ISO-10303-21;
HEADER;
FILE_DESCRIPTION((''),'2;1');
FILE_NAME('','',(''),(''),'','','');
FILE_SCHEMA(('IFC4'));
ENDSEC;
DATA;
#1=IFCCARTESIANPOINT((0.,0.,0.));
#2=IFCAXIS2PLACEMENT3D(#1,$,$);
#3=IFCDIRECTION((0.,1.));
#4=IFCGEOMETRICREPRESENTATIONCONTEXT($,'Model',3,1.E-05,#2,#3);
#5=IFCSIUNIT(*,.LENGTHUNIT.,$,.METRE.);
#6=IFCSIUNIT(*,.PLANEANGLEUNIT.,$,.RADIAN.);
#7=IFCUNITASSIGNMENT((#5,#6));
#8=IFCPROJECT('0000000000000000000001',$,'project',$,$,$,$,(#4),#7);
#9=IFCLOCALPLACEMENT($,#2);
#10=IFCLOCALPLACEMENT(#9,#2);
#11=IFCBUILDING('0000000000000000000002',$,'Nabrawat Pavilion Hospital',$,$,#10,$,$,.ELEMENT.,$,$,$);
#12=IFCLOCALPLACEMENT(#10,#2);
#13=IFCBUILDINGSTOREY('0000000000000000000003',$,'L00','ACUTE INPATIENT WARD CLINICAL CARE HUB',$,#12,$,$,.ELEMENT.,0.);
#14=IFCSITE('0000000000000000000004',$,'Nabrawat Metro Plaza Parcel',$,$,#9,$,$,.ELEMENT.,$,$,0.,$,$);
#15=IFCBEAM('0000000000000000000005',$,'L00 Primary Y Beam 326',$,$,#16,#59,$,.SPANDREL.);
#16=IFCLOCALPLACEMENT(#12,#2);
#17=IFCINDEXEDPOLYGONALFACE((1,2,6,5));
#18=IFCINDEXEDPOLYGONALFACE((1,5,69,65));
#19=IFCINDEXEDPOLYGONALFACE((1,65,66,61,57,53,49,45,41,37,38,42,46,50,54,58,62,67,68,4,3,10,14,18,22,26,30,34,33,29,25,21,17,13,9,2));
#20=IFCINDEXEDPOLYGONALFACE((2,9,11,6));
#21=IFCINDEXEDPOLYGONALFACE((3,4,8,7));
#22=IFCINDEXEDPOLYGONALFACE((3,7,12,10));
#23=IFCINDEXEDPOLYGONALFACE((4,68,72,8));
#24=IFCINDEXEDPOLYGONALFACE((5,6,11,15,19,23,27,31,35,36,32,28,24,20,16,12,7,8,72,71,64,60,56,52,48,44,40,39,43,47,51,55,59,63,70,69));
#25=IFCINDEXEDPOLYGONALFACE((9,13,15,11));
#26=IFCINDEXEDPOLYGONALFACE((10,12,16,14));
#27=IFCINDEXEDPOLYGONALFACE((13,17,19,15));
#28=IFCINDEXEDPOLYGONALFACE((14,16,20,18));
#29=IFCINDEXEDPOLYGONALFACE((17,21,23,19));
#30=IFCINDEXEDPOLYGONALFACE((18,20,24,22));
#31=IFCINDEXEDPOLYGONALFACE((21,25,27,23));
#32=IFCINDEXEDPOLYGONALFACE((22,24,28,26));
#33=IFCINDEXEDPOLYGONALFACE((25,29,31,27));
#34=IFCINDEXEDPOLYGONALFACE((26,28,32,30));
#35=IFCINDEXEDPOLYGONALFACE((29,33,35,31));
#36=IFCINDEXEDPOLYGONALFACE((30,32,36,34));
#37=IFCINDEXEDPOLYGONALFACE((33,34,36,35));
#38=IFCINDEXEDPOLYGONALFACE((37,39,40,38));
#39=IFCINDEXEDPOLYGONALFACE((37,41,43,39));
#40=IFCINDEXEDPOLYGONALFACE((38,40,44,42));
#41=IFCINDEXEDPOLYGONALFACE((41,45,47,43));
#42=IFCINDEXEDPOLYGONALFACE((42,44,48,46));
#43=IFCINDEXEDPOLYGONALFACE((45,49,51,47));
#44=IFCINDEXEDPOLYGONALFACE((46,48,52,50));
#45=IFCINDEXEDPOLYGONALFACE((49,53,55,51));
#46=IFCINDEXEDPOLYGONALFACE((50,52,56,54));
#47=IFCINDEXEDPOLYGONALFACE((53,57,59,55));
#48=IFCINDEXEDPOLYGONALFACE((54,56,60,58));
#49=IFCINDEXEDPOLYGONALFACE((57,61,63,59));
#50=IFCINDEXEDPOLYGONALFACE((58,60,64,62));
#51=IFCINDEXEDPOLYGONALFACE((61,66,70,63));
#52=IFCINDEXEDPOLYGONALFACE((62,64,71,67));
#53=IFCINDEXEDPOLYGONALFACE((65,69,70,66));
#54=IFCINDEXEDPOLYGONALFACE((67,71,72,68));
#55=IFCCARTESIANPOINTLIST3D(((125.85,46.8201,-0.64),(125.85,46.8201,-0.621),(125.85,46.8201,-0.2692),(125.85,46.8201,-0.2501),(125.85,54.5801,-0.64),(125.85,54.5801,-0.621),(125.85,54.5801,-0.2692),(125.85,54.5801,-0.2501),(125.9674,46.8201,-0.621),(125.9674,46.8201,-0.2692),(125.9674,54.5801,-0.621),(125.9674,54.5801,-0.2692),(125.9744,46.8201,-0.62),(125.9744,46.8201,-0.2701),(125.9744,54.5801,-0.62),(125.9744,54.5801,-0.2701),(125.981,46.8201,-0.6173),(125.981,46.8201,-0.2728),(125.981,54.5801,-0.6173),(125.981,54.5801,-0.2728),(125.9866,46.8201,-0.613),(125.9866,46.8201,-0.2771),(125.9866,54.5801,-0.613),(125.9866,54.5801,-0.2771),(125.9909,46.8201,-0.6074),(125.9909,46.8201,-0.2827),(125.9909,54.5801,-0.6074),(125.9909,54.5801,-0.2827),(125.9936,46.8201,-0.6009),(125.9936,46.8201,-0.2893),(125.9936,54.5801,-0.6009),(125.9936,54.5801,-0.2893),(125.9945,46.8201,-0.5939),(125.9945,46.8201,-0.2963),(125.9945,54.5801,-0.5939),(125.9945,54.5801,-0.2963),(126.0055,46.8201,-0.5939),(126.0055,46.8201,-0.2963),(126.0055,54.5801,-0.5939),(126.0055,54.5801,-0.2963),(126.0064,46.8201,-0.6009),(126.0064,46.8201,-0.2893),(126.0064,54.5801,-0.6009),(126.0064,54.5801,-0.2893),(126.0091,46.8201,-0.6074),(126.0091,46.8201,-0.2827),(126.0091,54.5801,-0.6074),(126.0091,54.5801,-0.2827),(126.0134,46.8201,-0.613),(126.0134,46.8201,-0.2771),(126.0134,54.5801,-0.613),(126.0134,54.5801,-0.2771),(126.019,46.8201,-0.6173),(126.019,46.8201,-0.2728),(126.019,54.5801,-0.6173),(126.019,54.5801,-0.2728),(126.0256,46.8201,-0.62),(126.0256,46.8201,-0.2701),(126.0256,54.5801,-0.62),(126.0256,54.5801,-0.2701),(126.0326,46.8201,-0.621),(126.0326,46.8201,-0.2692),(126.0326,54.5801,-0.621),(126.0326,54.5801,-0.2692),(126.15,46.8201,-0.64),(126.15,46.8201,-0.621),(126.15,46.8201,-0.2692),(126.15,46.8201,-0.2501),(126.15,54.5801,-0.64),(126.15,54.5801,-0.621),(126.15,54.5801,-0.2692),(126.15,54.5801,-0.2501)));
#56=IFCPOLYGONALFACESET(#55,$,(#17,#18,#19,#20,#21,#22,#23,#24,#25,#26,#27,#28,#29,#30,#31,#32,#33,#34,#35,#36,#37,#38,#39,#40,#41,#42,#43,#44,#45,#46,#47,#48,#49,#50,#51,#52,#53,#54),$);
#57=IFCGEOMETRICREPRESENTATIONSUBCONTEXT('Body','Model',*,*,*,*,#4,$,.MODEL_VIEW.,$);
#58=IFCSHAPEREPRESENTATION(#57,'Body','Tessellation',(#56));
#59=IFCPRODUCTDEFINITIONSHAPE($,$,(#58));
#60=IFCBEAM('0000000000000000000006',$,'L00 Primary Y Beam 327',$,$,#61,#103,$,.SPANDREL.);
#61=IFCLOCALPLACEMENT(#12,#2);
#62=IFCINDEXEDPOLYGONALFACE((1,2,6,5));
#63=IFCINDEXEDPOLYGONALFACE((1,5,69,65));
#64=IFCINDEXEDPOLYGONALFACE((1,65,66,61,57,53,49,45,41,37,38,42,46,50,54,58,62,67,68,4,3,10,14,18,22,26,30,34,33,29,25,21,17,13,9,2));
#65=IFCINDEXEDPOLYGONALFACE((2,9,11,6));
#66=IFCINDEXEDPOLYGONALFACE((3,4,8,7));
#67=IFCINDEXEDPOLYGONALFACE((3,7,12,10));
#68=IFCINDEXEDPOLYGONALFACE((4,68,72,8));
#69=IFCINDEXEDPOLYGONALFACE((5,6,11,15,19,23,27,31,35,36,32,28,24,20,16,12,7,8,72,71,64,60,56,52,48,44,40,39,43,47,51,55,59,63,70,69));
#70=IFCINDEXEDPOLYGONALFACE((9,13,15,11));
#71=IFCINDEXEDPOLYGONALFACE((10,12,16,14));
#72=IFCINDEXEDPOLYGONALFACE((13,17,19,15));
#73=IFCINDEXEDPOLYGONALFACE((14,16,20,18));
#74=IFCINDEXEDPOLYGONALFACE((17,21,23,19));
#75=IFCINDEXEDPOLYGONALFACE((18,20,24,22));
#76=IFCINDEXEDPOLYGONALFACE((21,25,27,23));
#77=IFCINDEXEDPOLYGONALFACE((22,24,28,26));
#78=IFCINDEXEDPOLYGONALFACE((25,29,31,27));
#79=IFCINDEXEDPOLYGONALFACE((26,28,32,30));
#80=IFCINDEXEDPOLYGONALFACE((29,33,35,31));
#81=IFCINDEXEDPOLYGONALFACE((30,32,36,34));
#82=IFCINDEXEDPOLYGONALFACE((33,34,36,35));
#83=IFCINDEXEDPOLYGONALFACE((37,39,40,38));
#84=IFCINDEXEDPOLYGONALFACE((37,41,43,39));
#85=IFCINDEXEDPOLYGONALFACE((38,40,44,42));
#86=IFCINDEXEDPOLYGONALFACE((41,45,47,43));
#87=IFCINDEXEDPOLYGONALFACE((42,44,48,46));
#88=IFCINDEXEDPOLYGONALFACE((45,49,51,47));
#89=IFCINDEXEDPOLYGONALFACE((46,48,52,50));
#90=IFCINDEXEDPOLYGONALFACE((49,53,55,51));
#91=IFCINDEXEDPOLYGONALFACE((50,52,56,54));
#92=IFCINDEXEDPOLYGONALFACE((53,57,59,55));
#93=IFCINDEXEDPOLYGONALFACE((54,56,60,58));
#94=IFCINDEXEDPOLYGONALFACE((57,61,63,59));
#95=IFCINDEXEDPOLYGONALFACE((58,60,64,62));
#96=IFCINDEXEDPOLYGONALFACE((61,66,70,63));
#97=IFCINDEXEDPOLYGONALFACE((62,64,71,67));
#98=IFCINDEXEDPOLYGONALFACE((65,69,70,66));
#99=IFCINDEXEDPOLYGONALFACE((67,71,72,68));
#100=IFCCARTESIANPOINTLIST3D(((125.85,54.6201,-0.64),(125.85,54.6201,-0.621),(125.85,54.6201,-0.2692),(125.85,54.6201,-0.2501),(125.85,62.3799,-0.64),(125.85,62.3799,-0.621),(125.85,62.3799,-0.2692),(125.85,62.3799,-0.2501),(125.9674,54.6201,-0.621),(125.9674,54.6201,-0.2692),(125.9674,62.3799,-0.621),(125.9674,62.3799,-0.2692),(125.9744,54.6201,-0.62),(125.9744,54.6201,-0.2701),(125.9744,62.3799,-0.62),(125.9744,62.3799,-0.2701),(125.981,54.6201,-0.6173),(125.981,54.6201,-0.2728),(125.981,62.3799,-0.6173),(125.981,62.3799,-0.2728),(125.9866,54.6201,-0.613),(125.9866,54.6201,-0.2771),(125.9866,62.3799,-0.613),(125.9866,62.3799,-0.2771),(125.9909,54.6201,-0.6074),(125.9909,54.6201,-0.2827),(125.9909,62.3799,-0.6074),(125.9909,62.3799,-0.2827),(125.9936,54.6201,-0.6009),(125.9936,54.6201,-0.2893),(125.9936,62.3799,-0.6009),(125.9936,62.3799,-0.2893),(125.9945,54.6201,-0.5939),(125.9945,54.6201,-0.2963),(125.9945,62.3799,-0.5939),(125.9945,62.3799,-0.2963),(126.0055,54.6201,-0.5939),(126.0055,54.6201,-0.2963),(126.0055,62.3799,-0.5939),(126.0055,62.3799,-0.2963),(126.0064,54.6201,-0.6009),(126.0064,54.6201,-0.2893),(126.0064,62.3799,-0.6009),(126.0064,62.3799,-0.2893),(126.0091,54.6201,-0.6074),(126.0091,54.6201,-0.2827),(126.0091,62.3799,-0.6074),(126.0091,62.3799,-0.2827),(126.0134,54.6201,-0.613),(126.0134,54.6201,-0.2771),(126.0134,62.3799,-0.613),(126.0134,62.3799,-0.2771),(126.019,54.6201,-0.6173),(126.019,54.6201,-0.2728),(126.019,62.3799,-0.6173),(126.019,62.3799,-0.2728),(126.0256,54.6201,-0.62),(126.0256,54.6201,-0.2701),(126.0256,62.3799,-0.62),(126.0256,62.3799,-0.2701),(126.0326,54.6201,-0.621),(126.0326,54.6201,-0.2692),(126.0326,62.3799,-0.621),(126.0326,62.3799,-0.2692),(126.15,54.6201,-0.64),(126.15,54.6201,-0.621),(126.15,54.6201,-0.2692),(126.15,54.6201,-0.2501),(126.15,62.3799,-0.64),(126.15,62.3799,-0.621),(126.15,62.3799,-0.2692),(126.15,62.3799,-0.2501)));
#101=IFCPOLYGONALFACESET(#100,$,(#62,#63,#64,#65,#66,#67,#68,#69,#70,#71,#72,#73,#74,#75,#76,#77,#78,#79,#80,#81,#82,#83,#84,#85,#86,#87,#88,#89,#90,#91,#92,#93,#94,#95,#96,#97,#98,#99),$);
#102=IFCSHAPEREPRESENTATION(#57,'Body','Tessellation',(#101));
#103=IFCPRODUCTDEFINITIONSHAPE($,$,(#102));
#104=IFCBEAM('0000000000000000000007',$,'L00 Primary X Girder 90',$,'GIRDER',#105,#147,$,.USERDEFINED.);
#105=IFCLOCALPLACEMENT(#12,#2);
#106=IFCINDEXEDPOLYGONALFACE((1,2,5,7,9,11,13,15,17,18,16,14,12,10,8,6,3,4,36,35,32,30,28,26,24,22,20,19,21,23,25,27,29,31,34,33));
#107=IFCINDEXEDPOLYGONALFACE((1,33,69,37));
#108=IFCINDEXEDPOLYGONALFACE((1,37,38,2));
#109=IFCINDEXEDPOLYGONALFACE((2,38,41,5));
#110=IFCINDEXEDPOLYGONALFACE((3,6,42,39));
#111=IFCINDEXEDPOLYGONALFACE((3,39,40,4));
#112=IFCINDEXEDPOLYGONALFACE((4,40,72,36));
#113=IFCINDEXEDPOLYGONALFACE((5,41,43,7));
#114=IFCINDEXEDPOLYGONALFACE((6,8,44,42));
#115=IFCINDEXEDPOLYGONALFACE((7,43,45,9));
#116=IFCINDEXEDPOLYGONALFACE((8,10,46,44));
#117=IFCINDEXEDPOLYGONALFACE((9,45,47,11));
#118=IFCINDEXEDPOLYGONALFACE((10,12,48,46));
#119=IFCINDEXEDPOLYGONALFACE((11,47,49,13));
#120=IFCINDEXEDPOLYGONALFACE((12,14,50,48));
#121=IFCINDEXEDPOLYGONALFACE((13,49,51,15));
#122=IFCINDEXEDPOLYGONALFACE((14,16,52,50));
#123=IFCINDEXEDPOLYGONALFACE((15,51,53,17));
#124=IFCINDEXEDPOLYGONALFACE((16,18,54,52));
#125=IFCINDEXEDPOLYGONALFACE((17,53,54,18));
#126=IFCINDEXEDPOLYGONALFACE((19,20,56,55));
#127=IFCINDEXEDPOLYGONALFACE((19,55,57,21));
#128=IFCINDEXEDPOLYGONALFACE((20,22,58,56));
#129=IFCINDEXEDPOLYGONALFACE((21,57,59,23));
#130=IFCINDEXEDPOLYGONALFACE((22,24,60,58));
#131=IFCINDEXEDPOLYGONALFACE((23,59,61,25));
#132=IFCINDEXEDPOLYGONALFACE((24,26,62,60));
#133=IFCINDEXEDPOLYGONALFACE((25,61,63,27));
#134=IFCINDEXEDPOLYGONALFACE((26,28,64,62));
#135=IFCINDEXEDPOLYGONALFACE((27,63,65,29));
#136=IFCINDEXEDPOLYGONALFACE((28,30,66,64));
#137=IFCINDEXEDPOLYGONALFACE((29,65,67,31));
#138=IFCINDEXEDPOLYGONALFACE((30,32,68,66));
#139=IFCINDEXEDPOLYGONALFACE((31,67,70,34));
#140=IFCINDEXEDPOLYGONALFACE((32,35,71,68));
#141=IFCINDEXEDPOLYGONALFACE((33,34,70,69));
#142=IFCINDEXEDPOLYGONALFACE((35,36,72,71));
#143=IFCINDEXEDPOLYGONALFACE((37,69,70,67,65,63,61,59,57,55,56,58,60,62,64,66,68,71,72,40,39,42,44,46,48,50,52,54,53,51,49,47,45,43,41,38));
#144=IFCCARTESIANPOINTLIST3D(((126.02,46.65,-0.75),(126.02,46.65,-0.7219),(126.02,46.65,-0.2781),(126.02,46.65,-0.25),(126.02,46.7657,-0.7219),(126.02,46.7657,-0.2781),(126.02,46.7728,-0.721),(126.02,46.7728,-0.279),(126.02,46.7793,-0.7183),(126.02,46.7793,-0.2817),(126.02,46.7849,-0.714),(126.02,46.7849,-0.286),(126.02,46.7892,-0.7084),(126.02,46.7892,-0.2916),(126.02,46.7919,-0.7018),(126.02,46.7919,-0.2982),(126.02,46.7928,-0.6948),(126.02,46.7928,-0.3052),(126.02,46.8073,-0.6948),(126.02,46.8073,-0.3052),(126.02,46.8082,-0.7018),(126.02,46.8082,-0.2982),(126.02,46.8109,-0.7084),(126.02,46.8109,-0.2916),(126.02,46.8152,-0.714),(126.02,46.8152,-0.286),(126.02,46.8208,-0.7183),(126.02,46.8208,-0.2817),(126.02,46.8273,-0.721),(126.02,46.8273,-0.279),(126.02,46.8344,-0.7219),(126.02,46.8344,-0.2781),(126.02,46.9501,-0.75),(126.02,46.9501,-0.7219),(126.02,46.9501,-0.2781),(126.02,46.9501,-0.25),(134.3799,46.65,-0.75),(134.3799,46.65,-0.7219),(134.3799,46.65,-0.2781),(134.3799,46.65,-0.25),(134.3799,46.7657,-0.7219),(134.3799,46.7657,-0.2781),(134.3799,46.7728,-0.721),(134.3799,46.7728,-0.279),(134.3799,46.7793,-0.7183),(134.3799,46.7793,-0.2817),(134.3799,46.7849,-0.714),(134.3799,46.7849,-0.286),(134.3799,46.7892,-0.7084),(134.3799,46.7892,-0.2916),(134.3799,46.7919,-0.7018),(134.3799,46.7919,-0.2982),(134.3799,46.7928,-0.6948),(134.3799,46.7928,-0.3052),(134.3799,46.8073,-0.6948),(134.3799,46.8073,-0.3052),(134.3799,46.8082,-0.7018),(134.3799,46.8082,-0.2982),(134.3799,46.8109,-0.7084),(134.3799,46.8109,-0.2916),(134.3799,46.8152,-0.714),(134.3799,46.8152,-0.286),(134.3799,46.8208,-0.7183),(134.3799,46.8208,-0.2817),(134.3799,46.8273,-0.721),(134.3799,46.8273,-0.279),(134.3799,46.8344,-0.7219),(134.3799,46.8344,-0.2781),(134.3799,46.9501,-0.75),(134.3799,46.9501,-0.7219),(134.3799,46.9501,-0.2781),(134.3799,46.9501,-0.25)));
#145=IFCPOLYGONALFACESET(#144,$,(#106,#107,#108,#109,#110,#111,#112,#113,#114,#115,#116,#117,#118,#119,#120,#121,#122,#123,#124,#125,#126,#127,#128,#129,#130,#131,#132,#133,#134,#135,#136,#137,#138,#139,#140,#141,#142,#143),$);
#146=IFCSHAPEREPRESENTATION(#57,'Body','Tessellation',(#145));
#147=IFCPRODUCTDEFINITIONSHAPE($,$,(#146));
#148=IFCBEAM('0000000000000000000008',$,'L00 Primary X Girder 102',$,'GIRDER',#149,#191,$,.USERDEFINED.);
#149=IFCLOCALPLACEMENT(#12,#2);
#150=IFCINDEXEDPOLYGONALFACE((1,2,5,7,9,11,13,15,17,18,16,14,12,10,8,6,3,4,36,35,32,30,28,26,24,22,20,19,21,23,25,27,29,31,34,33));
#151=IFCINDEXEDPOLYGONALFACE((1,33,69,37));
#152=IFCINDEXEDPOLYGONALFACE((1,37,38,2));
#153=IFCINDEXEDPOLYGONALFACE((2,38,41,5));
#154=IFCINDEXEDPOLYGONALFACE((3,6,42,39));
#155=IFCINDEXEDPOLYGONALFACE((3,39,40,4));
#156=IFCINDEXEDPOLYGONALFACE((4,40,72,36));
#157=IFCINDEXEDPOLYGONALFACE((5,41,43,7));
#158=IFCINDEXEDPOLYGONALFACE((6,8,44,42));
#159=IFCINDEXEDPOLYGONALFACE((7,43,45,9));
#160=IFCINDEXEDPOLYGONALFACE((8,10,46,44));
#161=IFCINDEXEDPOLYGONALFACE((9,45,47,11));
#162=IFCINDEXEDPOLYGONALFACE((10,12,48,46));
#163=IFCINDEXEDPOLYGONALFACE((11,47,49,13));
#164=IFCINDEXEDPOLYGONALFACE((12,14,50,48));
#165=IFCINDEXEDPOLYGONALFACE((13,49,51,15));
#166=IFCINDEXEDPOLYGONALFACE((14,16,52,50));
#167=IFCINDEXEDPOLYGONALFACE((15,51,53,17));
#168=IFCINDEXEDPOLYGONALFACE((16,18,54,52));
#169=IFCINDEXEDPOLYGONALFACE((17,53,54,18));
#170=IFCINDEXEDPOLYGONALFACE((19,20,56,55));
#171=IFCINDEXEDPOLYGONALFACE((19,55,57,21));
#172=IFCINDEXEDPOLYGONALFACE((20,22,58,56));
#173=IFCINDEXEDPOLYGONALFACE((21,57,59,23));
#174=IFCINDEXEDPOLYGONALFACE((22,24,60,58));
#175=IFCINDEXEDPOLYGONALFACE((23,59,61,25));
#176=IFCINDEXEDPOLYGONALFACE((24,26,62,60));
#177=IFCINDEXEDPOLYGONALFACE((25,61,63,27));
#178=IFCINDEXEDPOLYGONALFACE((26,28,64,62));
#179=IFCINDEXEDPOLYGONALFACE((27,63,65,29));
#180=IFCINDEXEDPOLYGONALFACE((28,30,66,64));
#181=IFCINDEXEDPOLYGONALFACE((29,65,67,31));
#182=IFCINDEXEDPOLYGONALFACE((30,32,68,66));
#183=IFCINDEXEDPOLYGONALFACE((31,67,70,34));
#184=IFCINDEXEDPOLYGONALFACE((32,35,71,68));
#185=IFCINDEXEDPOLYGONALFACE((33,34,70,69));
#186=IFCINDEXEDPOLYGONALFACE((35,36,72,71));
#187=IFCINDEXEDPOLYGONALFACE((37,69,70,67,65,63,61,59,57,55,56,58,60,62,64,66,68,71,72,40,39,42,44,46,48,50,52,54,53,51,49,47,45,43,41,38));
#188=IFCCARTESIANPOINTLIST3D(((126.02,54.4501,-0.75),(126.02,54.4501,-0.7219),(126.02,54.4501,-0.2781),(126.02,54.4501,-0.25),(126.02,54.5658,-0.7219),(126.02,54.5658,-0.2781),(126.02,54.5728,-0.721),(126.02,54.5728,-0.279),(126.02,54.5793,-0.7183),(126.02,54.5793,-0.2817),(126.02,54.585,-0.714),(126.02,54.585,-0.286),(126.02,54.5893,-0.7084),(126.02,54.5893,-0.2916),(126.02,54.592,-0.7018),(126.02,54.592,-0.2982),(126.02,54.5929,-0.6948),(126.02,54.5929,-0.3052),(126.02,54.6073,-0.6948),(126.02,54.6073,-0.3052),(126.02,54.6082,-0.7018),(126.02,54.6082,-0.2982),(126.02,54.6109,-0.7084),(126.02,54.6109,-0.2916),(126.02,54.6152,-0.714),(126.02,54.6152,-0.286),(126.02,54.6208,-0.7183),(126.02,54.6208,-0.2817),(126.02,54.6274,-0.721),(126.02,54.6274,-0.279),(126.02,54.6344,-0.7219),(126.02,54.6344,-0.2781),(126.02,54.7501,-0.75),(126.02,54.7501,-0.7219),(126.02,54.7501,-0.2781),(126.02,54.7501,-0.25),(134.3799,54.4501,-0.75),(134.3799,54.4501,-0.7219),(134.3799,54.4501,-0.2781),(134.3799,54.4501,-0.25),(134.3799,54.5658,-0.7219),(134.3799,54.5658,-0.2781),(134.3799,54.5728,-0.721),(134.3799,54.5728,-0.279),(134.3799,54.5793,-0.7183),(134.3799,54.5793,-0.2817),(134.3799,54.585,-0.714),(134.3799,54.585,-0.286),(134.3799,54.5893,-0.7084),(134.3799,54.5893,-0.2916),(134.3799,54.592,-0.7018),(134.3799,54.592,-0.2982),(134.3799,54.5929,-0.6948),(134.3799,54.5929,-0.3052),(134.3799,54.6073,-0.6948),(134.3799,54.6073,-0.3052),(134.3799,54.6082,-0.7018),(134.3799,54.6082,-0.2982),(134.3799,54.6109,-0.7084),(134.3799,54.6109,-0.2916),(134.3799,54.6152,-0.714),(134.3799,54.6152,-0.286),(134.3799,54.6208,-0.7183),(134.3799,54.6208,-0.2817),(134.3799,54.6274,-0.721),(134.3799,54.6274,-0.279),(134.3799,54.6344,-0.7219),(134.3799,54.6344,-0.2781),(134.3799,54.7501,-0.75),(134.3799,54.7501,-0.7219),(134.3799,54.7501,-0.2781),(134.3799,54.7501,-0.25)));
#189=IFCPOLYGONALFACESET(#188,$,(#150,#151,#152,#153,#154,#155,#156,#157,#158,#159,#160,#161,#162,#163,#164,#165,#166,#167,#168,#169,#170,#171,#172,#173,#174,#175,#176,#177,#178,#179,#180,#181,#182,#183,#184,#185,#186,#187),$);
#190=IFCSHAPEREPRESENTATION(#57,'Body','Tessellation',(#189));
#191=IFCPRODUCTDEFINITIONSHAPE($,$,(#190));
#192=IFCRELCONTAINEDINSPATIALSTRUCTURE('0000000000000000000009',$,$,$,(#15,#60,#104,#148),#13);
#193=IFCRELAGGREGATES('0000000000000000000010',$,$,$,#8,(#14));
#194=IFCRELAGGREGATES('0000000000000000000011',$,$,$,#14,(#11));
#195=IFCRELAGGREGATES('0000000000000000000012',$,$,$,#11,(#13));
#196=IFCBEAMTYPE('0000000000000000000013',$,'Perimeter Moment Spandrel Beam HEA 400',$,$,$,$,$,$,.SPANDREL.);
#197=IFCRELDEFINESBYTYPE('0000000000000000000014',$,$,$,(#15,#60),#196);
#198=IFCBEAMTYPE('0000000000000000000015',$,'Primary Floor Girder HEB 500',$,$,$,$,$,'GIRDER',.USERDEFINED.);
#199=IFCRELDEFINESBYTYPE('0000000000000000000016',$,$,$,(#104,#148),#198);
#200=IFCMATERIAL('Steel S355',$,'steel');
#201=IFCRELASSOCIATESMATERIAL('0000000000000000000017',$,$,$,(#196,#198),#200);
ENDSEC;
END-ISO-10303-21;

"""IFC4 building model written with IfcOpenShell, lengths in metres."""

from ifc_helpers import new_model, si_unit, direction, frame, origin, origin_2d, place, context, subcontext, project, spatial, i_section, extrude, material, material_profile, profile_set, type_object, element, save


model = new_model("IFC4")

# Units and contexts
model_context = context("Model", 3, precision=1e-05, world=origin(), true_north=direction((0.0, 1.0)))
body_context = subcontext(model_context, "Body", "Model", "MODEL_VIEW")
ifc_project = project(units=[si_unit("LENGTHUNIT", "METRE"), si_unit("PLANEANGLEUNIT", "RADIAN")], contexts=[model_context])

# Site, building, storey
site_placement = place(None, origin())
site = spatial("IfcSite", under=ifc_project, at=site_placement, Name="Nabrawat Metro Plaza Parcel", CompositionType="ELEMENT", RefElevation=0.0)
building_placement = place(site_placement, origin())
building = spatial("IfcBuilding", under=site, at=building_placement, Name="Nabrawat Pavilion Hospital", CompositionType="ELEMENT")
storey_placement = place(building_placement, origin())
storey = spatial("IfcBuildingStorey", under=building, at=storey_placement, Name="L00", Description="ACUTE INPATIENT WARD CLINICAL CARE HUB", CompositionType="ELEMENT", Elevation=0.0)

# Shared definitions
ifc_material_1 = material(Name="Steel S355", Category="steel")

# Beams
ifc_material_profile_1 = material_profile(ifc_material_1, i_section(OverallWidth=0.3, OverallDepth=0.3899, WebThickness=0.011, FlangeThickness=0.019, FilletRadius=0.0271, at=origin_2d()), Name="HEA 400")
ifc_profile_set_1 = profile_set([ifc_material_profile_1], Name="Steel S355")
beam_type_1 = type_object("IfcBeamType", Name="Perimeter Moment Spandrel Beam HEA 400", PredefinedType="SPANDREL", material=ifc_profile_set_1)
for number, where, z_axis, x_axis, name in (
    (1, (126.0, 46.8201, -0.4451), (0.0, 1.0, 0.0), (-1.0, 0.0, 0.0), "L00 Primary Y Beam 326"),
):
    element("IfcBeam", number, at=place(storey_placement, frame(where, z_axis=z_axis, x_axis=x_axis)), inside=storey, type_object=beam_type_1, Name=name, PredefinedType="SPANDREL", context=body_context, shape_type="SweptSolid", body=[
        extrude(i_section(OverallWidth=0.3, OverallDepth=0.3899, WebThickness=0.011, FlangeThickness=0.019, FilletRadius=0.0271, at=origin_2d()), origin(), (0.0, 0.0, 1.0), 7.76),
    ])
beam_1_placement = place(storey_placement, frame((126.0, 54.6201, -0.4451), z_axis=(0.0, 1.0, 0.0), x_axis=(-1.0, 0.0, 0.0)))
element("IfcBeam", 2, at=beam_1_placement, inside=storey, type_object=beam_type_1, Name="L00 Primary Y Beam 327", PredefinedType="SPANDREL", context=body_context, shape_type="SweptSolid", body=[
    extrude(i_section(OverallWidth=0.3, OverallDepth=0.3899, WebThickness=0.011, FlangeThickness=0.019, FilletRadius=0.0271, at=origin_2d()), origin(), (0.0, 0.0, 1.0), 7.7598),
])
ifc_material_profile_2 = material_profile(ifc_material_1, i_section(OverallWidth=0.3, OverallDepth=0.5, WebThickness=0.0144, FlangeThickness=0.0281, FilletRadius=0.0271, at=origin_2d()), Name="HEB 500")
ifc_profile_set_2 = profile_set([ifc_material_profile_2], Name="Steel S355")
beam_type_2 = type_object("IfcBeamType", Name="Primary Floor Girder HEB 500", ElementType="GIRDER", PredefinedType="USERDEFINED", material=ifc_profile_set_2)
for number, where, z_axis, x_axis, name in (
    (3, (126.02, 46.8, -0.5), (1.0, 0.0, 0.0), (0.0, 1.0, 0.0), "L00 Primary X Girder 90"),
    (4, (126.02, 54.6001, -0.5), (1.0, 0.0, 0.0), (0.0, 1.0, 0.0), "L00 Primary X Girder 102"),
):
    element("IfcBeam", number, at=place(storey_placement, frame(where, z_axis=z_axis, x_axis=x_axis)), inside=storey, type_object=beam_type_2, Name=name, ObjectType="GIRDER", PredefinedType="USERDEFINED", context=body_context, shape_type="SweptSolid", body=[
        extrude(i_section(OverallWidth=0.3, OverallDepth=0.5, WebThickness=0.0144, FlangeThickness=0.0281, FilletRadius=0.0271, at=origin_2d()), origin(), (0.0, 0.0, 1.0), 8.3599),
    ])

save(model, "model.ifc")
